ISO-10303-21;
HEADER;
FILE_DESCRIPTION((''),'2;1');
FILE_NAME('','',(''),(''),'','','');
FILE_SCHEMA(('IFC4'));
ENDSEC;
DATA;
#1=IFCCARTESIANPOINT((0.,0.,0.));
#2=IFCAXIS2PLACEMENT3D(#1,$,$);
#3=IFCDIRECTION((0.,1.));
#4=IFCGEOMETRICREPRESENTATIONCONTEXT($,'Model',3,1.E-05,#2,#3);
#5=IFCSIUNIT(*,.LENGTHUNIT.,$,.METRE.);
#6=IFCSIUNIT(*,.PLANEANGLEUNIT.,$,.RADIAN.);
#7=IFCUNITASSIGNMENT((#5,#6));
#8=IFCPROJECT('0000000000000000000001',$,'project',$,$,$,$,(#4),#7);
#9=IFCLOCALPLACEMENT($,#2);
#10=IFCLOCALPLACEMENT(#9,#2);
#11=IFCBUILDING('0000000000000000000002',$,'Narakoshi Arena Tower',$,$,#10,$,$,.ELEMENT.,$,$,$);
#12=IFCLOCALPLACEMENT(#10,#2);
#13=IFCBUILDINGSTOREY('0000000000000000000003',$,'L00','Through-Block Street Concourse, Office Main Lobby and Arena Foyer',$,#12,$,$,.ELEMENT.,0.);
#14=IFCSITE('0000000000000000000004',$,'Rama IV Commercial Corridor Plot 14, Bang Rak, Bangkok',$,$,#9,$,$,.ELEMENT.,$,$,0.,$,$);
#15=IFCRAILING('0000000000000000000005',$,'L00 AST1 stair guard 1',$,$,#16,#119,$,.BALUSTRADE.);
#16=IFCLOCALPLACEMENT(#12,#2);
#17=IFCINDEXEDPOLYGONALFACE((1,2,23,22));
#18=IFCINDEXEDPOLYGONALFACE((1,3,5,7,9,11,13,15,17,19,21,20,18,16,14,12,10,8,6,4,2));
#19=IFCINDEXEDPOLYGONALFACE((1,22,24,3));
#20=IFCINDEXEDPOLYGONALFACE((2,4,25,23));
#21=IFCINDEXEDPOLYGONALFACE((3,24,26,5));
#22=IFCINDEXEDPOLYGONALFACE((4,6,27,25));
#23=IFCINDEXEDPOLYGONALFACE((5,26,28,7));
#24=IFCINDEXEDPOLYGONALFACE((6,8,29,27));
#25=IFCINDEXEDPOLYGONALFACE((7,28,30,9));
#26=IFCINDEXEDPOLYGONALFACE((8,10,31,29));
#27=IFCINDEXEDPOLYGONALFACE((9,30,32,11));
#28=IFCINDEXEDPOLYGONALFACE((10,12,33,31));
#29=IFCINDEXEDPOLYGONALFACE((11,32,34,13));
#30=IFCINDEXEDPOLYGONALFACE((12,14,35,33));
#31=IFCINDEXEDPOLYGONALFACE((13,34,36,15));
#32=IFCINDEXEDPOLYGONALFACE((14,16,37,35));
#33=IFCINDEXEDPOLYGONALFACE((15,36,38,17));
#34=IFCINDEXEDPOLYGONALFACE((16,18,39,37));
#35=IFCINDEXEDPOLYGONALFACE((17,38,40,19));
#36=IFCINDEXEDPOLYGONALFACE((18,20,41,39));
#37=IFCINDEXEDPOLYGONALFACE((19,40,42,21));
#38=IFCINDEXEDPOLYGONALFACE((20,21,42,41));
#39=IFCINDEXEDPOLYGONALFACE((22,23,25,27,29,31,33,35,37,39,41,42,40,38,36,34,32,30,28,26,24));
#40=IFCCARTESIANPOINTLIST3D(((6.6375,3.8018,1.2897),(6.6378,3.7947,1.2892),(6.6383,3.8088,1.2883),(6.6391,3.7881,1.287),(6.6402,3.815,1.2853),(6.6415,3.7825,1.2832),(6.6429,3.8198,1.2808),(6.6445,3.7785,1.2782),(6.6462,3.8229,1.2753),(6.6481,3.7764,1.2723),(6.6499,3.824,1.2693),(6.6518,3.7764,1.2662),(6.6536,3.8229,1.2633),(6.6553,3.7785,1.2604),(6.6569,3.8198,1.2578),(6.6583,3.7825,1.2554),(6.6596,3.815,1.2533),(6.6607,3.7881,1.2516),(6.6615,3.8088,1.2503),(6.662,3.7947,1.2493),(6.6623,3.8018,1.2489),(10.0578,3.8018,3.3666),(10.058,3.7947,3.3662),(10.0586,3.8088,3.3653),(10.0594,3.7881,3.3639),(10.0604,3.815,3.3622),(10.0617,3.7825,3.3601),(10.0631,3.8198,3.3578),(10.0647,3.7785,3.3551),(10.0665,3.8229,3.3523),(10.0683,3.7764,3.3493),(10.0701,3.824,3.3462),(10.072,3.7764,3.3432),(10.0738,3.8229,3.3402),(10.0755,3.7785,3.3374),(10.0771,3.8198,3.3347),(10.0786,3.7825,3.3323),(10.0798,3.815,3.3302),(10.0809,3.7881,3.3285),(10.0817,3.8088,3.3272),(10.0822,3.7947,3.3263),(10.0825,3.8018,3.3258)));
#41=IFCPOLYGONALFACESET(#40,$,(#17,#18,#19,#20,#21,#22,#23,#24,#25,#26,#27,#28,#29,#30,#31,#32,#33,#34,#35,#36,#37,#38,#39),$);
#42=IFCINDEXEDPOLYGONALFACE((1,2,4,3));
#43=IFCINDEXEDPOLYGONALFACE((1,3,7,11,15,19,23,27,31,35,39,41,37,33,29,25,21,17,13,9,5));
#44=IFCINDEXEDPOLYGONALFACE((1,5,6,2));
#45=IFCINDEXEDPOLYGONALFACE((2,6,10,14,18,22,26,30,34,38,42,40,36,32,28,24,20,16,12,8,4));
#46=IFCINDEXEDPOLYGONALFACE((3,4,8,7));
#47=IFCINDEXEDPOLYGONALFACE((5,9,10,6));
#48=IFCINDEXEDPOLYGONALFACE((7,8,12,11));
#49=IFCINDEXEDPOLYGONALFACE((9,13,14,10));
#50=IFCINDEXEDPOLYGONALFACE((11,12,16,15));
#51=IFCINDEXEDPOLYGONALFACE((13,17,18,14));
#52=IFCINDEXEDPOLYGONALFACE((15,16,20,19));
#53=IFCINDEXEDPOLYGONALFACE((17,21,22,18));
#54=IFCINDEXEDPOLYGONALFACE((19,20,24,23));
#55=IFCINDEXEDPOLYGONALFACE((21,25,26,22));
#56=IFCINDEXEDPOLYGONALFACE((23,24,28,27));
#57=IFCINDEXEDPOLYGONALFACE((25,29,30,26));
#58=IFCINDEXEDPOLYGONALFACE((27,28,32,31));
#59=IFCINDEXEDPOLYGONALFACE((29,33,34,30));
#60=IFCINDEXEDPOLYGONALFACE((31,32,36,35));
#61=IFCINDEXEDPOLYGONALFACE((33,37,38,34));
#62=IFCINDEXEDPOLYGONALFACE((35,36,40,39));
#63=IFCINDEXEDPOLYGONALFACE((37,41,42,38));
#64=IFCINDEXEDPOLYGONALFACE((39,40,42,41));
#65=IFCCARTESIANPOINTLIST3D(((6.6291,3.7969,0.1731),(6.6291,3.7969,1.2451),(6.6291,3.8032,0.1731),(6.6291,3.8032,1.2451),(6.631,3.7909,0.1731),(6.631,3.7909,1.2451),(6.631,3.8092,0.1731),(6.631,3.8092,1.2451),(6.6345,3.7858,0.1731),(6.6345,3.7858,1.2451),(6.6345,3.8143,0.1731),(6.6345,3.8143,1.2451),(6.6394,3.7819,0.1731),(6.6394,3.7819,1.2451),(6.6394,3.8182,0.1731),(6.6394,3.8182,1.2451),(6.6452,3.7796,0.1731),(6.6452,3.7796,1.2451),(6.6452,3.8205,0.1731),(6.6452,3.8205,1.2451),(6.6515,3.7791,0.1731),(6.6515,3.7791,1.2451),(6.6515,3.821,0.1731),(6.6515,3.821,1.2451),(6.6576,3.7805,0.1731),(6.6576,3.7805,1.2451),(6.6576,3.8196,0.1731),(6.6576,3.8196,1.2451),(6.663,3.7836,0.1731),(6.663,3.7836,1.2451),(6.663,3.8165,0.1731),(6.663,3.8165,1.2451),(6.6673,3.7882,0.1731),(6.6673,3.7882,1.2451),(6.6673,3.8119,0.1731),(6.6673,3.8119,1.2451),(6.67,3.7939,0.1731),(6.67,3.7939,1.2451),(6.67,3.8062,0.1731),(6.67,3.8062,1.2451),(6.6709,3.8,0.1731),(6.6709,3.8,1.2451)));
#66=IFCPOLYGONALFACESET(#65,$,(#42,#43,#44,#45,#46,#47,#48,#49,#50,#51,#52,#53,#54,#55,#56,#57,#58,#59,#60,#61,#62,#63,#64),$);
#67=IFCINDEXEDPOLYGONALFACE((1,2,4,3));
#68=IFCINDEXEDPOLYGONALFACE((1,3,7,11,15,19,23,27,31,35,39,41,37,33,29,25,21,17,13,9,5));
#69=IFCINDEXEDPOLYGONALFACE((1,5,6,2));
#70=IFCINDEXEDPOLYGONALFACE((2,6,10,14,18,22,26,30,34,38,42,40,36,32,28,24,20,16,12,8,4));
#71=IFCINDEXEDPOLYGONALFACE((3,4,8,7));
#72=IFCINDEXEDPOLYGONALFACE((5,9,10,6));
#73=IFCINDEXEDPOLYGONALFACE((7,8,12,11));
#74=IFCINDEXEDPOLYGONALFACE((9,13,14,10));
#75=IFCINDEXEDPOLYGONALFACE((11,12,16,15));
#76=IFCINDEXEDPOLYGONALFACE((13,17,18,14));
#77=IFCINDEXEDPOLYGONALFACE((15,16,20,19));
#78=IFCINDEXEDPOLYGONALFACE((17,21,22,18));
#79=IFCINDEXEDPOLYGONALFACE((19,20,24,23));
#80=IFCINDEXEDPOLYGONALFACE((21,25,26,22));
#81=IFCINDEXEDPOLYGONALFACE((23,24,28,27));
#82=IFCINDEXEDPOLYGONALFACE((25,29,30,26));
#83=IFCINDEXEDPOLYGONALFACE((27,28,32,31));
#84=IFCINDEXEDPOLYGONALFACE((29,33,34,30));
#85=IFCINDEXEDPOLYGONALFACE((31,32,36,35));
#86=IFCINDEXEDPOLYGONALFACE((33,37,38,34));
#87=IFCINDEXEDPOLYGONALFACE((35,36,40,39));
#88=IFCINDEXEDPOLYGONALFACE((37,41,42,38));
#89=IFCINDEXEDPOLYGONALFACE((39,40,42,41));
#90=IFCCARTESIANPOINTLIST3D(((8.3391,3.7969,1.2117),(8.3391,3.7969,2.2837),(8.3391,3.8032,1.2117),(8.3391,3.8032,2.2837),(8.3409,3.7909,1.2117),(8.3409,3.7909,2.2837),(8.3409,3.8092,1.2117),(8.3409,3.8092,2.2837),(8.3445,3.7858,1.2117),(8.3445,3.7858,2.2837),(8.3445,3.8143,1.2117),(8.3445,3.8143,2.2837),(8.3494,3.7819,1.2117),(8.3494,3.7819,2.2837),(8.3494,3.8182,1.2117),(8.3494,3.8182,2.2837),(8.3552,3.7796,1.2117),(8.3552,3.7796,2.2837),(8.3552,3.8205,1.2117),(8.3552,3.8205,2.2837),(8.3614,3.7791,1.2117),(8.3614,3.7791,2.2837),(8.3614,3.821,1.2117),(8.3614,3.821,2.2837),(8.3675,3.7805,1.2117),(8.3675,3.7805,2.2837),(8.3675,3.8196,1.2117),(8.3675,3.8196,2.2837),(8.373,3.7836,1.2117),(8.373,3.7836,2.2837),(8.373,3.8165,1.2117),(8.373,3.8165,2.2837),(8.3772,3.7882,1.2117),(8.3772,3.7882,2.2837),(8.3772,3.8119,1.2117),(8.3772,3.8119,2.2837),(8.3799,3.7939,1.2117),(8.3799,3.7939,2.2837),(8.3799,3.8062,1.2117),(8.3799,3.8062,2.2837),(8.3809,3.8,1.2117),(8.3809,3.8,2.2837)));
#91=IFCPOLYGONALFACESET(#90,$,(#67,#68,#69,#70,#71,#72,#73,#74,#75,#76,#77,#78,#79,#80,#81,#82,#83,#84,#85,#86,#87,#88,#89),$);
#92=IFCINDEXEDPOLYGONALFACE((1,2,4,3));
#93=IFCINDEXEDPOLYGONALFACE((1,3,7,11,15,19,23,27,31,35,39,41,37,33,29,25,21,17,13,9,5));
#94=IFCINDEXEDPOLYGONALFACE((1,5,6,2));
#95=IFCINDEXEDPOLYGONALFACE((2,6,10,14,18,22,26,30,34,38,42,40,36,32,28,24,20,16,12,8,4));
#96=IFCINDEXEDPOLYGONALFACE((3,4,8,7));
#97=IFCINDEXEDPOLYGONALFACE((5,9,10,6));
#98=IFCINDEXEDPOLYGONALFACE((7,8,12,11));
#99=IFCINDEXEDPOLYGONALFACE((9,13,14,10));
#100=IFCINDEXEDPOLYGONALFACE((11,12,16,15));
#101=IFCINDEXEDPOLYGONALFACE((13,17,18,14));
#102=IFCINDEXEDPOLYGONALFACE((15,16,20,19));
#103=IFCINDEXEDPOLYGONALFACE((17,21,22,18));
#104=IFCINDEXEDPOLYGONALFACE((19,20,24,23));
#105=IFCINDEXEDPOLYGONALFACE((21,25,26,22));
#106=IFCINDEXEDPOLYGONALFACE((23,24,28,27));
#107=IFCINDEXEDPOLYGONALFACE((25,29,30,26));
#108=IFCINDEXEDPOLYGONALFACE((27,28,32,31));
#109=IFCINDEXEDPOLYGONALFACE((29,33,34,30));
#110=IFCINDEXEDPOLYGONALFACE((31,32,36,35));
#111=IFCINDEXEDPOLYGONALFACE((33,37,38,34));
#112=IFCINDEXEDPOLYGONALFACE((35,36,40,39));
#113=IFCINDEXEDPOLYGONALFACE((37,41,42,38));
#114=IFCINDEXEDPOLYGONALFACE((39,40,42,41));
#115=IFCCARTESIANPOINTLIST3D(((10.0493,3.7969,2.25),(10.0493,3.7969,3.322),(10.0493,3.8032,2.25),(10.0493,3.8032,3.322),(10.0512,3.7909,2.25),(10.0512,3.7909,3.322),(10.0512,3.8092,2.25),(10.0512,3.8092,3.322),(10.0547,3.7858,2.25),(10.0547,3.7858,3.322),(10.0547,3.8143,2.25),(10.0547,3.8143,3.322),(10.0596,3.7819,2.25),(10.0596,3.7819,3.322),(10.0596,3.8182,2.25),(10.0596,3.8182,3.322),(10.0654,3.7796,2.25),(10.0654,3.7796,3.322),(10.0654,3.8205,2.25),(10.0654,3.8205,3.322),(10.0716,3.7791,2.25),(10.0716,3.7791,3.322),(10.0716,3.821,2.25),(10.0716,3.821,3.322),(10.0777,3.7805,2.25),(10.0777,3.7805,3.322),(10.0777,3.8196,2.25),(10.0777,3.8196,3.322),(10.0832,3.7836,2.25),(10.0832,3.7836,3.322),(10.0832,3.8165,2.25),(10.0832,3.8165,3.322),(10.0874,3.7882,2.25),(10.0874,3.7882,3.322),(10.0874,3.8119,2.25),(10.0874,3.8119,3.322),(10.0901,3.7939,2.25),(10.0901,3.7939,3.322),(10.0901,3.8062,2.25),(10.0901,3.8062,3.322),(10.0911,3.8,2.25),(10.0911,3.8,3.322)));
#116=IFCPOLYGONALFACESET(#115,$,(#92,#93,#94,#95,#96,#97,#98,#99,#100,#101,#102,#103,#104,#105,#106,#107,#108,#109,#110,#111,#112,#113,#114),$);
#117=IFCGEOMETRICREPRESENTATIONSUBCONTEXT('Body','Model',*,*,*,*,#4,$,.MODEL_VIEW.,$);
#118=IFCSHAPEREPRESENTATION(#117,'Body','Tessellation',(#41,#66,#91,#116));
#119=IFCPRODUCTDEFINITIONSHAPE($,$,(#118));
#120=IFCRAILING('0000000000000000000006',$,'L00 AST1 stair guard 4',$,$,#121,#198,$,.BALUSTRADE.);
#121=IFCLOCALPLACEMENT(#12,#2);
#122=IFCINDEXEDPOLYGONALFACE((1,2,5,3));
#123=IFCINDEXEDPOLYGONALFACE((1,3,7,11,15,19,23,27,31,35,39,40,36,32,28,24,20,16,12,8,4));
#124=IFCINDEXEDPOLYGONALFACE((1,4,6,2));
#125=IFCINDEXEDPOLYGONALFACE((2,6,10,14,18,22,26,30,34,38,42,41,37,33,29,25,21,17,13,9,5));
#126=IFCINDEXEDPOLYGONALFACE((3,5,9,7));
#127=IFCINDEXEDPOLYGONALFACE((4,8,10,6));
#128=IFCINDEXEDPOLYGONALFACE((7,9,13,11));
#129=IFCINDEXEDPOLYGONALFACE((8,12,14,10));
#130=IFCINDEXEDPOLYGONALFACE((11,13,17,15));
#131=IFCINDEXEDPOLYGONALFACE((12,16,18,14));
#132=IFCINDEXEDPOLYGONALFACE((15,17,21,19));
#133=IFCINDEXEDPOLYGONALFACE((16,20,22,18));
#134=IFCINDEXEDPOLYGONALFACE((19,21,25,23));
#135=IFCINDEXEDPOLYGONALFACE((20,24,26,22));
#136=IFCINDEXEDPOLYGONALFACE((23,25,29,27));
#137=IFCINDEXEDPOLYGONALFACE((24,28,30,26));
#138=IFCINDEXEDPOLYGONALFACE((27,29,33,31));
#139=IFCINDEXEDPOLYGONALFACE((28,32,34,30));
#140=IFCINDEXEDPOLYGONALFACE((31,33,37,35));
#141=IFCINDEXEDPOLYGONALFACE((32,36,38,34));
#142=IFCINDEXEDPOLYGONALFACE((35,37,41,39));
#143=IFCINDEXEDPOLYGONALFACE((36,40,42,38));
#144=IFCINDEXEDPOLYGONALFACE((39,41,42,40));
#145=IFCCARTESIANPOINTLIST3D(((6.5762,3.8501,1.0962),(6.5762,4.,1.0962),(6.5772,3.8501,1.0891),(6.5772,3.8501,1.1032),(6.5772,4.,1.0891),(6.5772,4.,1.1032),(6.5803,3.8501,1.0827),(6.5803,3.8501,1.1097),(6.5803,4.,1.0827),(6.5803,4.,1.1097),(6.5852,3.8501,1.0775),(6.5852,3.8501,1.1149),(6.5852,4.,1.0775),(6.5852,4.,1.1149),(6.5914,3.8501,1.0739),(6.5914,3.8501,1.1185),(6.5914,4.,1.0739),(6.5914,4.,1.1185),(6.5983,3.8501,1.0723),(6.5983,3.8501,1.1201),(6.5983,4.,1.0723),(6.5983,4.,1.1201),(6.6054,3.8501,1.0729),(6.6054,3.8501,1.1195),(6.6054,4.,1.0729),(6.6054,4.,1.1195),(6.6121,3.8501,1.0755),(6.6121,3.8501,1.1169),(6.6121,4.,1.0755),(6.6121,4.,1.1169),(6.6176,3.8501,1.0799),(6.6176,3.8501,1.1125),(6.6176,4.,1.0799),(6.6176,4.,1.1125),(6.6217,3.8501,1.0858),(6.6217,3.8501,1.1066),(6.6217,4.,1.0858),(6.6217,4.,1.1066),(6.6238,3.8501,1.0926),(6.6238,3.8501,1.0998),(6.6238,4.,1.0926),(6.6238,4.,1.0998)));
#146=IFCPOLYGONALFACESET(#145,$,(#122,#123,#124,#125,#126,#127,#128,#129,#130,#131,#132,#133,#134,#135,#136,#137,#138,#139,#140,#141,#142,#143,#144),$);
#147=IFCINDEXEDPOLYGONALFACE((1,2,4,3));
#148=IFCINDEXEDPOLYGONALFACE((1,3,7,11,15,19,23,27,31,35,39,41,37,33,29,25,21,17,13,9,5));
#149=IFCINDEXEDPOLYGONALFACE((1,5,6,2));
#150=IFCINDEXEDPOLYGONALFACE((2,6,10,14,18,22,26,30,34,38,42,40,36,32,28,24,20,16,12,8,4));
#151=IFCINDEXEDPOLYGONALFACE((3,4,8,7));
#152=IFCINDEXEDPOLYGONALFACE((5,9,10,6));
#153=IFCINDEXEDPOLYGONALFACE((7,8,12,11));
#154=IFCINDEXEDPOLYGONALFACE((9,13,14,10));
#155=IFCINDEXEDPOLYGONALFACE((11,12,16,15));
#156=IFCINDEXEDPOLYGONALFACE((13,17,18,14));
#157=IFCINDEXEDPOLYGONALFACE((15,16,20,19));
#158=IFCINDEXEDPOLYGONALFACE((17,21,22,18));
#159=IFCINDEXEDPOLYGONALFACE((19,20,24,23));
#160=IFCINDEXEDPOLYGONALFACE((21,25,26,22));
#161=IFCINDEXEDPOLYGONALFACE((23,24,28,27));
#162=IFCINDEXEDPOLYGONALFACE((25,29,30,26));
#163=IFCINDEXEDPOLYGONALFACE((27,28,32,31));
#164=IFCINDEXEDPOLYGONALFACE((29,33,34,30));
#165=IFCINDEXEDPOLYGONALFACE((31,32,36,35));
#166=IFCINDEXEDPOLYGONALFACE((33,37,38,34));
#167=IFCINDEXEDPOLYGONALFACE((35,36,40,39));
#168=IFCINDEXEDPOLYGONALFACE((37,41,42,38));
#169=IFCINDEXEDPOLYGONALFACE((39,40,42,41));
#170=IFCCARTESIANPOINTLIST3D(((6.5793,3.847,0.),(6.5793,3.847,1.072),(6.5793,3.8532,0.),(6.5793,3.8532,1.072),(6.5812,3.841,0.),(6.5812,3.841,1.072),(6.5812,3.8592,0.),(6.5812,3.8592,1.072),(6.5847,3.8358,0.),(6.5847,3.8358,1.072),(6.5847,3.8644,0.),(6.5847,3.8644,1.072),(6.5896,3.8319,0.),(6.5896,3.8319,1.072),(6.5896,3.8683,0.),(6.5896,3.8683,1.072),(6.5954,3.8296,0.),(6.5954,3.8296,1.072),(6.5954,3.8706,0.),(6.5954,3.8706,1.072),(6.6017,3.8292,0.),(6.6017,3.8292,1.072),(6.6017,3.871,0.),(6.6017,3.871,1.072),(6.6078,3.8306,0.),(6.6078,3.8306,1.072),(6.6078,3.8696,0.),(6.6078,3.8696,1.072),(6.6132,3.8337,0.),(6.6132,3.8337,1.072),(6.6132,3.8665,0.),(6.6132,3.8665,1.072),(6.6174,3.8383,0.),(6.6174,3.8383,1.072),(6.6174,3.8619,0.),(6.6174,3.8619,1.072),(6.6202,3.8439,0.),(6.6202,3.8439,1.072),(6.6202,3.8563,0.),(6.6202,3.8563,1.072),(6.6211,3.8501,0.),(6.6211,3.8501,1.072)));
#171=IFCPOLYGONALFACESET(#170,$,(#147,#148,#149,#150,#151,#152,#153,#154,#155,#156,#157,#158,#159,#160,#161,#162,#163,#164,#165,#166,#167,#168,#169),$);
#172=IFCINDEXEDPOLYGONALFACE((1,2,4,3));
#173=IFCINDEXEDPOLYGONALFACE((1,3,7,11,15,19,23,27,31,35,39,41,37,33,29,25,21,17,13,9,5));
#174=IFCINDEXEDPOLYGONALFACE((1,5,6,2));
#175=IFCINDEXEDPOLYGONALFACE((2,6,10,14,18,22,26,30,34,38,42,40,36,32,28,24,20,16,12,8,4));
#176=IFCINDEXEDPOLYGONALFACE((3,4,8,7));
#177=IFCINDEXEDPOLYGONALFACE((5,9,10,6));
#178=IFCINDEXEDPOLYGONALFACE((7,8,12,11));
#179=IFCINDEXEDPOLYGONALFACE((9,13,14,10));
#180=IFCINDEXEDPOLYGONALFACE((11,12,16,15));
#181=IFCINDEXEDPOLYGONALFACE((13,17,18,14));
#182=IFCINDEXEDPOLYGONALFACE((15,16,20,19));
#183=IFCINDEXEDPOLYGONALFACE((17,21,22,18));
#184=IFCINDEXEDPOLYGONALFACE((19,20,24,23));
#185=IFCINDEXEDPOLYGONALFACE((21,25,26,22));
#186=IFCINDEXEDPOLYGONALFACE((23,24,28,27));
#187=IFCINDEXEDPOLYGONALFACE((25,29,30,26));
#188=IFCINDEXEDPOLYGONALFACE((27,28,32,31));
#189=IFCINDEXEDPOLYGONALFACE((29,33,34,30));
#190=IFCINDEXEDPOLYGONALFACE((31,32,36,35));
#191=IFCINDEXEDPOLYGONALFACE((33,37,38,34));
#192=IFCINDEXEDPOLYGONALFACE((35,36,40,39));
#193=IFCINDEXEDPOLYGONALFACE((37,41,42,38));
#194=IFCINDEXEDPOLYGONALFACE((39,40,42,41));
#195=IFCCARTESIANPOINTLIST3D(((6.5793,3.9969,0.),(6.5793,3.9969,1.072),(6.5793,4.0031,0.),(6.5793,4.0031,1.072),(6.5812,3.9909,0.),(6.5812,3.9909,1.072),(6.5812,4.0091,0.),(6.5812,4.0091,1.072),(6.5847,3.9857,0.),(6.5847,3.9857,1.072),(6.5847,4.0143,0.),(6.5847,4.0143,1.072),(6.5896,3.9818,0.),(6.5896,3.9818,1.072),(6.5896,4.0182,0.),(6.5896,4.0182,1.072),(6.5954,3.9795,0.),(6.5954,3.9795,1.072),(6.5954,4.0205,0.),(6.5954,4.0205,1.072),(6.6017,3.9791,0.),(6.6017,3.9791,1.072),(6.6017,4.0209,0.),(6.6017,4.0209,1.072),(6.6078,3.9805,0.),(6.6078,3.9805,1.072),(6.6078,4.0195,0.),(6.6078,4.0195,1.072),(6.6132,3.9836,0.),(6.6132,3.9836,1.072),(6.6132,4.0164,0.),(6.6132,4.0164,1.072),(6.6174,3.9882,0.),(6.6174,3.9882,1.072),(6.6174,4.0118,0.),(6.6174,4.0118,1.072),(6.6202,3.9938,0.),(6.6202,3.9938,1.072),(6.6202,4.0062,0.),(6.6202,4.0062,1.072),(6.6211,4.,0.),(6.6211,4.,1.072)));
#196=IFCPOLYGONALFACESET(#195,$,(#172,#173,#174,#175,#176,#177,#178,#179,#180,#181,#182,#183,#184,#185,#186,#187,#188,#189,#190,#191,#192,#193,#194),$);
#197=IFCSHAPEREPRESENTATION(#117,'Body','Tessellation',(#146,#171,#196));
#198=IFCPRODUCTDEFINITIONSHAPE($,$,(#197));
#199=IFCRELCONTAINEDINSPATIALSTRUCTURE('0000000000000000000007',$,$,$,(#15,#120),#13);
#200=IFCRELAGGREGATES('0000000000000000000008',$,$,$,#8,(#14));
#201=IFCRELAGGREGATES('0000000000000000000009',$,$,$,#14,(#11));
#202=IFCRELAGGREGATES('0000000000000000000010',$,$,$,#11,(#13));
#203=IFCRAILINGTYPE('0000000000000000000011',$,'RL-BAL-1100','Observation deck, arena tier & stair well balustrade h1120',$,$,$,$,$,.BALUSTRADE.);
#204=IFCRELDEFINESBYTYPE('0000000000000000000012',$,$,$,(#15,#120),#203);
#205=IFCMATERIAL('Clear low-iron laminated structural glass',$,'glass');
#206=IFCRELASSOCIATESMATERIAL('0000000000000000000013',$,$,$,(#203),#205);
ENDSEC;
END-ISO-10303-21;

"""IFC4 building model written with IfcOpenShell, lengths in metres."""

from ifc_helpers import new_model, si_unit, direction, frame, origin, origin_2d, place, context, subcontext, project, spatial, circle, extrude, material, type_object, element, save


model = new_model("IFC4")

# Units and contexts
model_context = context("Model", 3, precision=1e-05, world=origin(), true_north=direction((0.0, 1.0)))
body_context = subcontext(model_context, "Body", "Model", "MODEL_VIEW")
ifc_project = project(units=[si_unit("LENGTHUNIT", "METRE"), si_unit("PLANEANGLEUNIT", "RADIAN")], contexts=[model_context])

# Site, building, storey
site_placement = place(None, origin())
site = spatial("IfcSite", under=ifc_project, at=site_placement, Name="Rama IV Commercial Corridor Plot 14, Bang Rak, Bangkok", CompositionType="ELEMENT", RefElevation=0.0)
building_placement = place(site_placement, origin())
building = spatial("IfcBuilding", under=site, at=building_placement, Name="Narakoshi Arena Tower", CompositionType="ELEMENT")
storey_placement = place(building_placement, origin())
storey = spatial("IfcBuildingStorey", under=building, at=storey_placement, Name="L00", Description="Through-Block Street Concourse, Office Main Lobby and Arena Foyer", CompositionType="ELEMENT", Elevation=0.0)

# Railings
ifc_material_1 = material(Name="Clear low-iron laminated structural glass", Category="glass")
railing_type_1 = type_object("IfcRailingType", Name="RL-BAL-1100", Description="Observation deck, arena tier & stair well balustrade h1120", PredefinedType="BALUSTRADE", material=ifc_material_1)
railing_1_placement = place(storey_placement, frame((6.6499, 3.8, 0.1731)))
element("IfcRailing", 1, at=railing_1_placement, inside=storey, type_object=railing_type_1, Name="L00 AST1 stair guard 1", PredefinedType="BALUSTRADE", context=body_context, shape_type="SweptSolid", body=[
    extrude(circle(Radius=0.0239, at=origin_2d()), frame((0.0, 0.0, 1.0962), z_axis=(0.854746, 0.0, 0.519047), x_axis=(0.0, 1.0, 0.0)), (0.0, 0.0, 1.0), 4.0015),
    extrude(circle(Radius=0.021, at=origin_2d()), origin(), (0.0, 0.0, 1.0), 1.072),
    extrude(circle(Radius=0.021, at=origin_2d()), frame((1.71, 0.0, 1.0386)), (0.0, 0.0, 1.0), 1.072),
    extrude(circle(Radius=0.021, at=origin_2d()), frame((3.4202, 0.0, 2.0769)), (0.0, 0.0, 1.0), 1.072),
])
railing_2_placement = place(storey_placement, frame((6.6001, 3.8501, 0.0)))
element("IfcRailing", 2, at=railing_2_placement, inside=storey, type_object=railing_type_1, Name="L00 AST1 stair guard 4", PredefinedType="BALUSTRADE", context=body_context, shape_type="SweptSolid", body=[
    extrude(circle(Radius=0.0239, at=origin_2d()), frame((0.0, 0.0, 1.0962), z_axis=(0.0, 1.0, 0.0), x_axis=(-1.0, 0.0, 0.0)), (0.0, 0.0, 1.0), 0.1499),
    extrude(circle(Radius=0.021, at=origin_2d()), origin(), (0.0, 0.0, 1.0), 1.072),
    extrude(circle(Radius=0.021, at=origin_2d()), frame((0.0, 0.1499, 0.0)), (0.0, 0.0, 1.0), 1.072),
])

save(model, "model.ifc")
